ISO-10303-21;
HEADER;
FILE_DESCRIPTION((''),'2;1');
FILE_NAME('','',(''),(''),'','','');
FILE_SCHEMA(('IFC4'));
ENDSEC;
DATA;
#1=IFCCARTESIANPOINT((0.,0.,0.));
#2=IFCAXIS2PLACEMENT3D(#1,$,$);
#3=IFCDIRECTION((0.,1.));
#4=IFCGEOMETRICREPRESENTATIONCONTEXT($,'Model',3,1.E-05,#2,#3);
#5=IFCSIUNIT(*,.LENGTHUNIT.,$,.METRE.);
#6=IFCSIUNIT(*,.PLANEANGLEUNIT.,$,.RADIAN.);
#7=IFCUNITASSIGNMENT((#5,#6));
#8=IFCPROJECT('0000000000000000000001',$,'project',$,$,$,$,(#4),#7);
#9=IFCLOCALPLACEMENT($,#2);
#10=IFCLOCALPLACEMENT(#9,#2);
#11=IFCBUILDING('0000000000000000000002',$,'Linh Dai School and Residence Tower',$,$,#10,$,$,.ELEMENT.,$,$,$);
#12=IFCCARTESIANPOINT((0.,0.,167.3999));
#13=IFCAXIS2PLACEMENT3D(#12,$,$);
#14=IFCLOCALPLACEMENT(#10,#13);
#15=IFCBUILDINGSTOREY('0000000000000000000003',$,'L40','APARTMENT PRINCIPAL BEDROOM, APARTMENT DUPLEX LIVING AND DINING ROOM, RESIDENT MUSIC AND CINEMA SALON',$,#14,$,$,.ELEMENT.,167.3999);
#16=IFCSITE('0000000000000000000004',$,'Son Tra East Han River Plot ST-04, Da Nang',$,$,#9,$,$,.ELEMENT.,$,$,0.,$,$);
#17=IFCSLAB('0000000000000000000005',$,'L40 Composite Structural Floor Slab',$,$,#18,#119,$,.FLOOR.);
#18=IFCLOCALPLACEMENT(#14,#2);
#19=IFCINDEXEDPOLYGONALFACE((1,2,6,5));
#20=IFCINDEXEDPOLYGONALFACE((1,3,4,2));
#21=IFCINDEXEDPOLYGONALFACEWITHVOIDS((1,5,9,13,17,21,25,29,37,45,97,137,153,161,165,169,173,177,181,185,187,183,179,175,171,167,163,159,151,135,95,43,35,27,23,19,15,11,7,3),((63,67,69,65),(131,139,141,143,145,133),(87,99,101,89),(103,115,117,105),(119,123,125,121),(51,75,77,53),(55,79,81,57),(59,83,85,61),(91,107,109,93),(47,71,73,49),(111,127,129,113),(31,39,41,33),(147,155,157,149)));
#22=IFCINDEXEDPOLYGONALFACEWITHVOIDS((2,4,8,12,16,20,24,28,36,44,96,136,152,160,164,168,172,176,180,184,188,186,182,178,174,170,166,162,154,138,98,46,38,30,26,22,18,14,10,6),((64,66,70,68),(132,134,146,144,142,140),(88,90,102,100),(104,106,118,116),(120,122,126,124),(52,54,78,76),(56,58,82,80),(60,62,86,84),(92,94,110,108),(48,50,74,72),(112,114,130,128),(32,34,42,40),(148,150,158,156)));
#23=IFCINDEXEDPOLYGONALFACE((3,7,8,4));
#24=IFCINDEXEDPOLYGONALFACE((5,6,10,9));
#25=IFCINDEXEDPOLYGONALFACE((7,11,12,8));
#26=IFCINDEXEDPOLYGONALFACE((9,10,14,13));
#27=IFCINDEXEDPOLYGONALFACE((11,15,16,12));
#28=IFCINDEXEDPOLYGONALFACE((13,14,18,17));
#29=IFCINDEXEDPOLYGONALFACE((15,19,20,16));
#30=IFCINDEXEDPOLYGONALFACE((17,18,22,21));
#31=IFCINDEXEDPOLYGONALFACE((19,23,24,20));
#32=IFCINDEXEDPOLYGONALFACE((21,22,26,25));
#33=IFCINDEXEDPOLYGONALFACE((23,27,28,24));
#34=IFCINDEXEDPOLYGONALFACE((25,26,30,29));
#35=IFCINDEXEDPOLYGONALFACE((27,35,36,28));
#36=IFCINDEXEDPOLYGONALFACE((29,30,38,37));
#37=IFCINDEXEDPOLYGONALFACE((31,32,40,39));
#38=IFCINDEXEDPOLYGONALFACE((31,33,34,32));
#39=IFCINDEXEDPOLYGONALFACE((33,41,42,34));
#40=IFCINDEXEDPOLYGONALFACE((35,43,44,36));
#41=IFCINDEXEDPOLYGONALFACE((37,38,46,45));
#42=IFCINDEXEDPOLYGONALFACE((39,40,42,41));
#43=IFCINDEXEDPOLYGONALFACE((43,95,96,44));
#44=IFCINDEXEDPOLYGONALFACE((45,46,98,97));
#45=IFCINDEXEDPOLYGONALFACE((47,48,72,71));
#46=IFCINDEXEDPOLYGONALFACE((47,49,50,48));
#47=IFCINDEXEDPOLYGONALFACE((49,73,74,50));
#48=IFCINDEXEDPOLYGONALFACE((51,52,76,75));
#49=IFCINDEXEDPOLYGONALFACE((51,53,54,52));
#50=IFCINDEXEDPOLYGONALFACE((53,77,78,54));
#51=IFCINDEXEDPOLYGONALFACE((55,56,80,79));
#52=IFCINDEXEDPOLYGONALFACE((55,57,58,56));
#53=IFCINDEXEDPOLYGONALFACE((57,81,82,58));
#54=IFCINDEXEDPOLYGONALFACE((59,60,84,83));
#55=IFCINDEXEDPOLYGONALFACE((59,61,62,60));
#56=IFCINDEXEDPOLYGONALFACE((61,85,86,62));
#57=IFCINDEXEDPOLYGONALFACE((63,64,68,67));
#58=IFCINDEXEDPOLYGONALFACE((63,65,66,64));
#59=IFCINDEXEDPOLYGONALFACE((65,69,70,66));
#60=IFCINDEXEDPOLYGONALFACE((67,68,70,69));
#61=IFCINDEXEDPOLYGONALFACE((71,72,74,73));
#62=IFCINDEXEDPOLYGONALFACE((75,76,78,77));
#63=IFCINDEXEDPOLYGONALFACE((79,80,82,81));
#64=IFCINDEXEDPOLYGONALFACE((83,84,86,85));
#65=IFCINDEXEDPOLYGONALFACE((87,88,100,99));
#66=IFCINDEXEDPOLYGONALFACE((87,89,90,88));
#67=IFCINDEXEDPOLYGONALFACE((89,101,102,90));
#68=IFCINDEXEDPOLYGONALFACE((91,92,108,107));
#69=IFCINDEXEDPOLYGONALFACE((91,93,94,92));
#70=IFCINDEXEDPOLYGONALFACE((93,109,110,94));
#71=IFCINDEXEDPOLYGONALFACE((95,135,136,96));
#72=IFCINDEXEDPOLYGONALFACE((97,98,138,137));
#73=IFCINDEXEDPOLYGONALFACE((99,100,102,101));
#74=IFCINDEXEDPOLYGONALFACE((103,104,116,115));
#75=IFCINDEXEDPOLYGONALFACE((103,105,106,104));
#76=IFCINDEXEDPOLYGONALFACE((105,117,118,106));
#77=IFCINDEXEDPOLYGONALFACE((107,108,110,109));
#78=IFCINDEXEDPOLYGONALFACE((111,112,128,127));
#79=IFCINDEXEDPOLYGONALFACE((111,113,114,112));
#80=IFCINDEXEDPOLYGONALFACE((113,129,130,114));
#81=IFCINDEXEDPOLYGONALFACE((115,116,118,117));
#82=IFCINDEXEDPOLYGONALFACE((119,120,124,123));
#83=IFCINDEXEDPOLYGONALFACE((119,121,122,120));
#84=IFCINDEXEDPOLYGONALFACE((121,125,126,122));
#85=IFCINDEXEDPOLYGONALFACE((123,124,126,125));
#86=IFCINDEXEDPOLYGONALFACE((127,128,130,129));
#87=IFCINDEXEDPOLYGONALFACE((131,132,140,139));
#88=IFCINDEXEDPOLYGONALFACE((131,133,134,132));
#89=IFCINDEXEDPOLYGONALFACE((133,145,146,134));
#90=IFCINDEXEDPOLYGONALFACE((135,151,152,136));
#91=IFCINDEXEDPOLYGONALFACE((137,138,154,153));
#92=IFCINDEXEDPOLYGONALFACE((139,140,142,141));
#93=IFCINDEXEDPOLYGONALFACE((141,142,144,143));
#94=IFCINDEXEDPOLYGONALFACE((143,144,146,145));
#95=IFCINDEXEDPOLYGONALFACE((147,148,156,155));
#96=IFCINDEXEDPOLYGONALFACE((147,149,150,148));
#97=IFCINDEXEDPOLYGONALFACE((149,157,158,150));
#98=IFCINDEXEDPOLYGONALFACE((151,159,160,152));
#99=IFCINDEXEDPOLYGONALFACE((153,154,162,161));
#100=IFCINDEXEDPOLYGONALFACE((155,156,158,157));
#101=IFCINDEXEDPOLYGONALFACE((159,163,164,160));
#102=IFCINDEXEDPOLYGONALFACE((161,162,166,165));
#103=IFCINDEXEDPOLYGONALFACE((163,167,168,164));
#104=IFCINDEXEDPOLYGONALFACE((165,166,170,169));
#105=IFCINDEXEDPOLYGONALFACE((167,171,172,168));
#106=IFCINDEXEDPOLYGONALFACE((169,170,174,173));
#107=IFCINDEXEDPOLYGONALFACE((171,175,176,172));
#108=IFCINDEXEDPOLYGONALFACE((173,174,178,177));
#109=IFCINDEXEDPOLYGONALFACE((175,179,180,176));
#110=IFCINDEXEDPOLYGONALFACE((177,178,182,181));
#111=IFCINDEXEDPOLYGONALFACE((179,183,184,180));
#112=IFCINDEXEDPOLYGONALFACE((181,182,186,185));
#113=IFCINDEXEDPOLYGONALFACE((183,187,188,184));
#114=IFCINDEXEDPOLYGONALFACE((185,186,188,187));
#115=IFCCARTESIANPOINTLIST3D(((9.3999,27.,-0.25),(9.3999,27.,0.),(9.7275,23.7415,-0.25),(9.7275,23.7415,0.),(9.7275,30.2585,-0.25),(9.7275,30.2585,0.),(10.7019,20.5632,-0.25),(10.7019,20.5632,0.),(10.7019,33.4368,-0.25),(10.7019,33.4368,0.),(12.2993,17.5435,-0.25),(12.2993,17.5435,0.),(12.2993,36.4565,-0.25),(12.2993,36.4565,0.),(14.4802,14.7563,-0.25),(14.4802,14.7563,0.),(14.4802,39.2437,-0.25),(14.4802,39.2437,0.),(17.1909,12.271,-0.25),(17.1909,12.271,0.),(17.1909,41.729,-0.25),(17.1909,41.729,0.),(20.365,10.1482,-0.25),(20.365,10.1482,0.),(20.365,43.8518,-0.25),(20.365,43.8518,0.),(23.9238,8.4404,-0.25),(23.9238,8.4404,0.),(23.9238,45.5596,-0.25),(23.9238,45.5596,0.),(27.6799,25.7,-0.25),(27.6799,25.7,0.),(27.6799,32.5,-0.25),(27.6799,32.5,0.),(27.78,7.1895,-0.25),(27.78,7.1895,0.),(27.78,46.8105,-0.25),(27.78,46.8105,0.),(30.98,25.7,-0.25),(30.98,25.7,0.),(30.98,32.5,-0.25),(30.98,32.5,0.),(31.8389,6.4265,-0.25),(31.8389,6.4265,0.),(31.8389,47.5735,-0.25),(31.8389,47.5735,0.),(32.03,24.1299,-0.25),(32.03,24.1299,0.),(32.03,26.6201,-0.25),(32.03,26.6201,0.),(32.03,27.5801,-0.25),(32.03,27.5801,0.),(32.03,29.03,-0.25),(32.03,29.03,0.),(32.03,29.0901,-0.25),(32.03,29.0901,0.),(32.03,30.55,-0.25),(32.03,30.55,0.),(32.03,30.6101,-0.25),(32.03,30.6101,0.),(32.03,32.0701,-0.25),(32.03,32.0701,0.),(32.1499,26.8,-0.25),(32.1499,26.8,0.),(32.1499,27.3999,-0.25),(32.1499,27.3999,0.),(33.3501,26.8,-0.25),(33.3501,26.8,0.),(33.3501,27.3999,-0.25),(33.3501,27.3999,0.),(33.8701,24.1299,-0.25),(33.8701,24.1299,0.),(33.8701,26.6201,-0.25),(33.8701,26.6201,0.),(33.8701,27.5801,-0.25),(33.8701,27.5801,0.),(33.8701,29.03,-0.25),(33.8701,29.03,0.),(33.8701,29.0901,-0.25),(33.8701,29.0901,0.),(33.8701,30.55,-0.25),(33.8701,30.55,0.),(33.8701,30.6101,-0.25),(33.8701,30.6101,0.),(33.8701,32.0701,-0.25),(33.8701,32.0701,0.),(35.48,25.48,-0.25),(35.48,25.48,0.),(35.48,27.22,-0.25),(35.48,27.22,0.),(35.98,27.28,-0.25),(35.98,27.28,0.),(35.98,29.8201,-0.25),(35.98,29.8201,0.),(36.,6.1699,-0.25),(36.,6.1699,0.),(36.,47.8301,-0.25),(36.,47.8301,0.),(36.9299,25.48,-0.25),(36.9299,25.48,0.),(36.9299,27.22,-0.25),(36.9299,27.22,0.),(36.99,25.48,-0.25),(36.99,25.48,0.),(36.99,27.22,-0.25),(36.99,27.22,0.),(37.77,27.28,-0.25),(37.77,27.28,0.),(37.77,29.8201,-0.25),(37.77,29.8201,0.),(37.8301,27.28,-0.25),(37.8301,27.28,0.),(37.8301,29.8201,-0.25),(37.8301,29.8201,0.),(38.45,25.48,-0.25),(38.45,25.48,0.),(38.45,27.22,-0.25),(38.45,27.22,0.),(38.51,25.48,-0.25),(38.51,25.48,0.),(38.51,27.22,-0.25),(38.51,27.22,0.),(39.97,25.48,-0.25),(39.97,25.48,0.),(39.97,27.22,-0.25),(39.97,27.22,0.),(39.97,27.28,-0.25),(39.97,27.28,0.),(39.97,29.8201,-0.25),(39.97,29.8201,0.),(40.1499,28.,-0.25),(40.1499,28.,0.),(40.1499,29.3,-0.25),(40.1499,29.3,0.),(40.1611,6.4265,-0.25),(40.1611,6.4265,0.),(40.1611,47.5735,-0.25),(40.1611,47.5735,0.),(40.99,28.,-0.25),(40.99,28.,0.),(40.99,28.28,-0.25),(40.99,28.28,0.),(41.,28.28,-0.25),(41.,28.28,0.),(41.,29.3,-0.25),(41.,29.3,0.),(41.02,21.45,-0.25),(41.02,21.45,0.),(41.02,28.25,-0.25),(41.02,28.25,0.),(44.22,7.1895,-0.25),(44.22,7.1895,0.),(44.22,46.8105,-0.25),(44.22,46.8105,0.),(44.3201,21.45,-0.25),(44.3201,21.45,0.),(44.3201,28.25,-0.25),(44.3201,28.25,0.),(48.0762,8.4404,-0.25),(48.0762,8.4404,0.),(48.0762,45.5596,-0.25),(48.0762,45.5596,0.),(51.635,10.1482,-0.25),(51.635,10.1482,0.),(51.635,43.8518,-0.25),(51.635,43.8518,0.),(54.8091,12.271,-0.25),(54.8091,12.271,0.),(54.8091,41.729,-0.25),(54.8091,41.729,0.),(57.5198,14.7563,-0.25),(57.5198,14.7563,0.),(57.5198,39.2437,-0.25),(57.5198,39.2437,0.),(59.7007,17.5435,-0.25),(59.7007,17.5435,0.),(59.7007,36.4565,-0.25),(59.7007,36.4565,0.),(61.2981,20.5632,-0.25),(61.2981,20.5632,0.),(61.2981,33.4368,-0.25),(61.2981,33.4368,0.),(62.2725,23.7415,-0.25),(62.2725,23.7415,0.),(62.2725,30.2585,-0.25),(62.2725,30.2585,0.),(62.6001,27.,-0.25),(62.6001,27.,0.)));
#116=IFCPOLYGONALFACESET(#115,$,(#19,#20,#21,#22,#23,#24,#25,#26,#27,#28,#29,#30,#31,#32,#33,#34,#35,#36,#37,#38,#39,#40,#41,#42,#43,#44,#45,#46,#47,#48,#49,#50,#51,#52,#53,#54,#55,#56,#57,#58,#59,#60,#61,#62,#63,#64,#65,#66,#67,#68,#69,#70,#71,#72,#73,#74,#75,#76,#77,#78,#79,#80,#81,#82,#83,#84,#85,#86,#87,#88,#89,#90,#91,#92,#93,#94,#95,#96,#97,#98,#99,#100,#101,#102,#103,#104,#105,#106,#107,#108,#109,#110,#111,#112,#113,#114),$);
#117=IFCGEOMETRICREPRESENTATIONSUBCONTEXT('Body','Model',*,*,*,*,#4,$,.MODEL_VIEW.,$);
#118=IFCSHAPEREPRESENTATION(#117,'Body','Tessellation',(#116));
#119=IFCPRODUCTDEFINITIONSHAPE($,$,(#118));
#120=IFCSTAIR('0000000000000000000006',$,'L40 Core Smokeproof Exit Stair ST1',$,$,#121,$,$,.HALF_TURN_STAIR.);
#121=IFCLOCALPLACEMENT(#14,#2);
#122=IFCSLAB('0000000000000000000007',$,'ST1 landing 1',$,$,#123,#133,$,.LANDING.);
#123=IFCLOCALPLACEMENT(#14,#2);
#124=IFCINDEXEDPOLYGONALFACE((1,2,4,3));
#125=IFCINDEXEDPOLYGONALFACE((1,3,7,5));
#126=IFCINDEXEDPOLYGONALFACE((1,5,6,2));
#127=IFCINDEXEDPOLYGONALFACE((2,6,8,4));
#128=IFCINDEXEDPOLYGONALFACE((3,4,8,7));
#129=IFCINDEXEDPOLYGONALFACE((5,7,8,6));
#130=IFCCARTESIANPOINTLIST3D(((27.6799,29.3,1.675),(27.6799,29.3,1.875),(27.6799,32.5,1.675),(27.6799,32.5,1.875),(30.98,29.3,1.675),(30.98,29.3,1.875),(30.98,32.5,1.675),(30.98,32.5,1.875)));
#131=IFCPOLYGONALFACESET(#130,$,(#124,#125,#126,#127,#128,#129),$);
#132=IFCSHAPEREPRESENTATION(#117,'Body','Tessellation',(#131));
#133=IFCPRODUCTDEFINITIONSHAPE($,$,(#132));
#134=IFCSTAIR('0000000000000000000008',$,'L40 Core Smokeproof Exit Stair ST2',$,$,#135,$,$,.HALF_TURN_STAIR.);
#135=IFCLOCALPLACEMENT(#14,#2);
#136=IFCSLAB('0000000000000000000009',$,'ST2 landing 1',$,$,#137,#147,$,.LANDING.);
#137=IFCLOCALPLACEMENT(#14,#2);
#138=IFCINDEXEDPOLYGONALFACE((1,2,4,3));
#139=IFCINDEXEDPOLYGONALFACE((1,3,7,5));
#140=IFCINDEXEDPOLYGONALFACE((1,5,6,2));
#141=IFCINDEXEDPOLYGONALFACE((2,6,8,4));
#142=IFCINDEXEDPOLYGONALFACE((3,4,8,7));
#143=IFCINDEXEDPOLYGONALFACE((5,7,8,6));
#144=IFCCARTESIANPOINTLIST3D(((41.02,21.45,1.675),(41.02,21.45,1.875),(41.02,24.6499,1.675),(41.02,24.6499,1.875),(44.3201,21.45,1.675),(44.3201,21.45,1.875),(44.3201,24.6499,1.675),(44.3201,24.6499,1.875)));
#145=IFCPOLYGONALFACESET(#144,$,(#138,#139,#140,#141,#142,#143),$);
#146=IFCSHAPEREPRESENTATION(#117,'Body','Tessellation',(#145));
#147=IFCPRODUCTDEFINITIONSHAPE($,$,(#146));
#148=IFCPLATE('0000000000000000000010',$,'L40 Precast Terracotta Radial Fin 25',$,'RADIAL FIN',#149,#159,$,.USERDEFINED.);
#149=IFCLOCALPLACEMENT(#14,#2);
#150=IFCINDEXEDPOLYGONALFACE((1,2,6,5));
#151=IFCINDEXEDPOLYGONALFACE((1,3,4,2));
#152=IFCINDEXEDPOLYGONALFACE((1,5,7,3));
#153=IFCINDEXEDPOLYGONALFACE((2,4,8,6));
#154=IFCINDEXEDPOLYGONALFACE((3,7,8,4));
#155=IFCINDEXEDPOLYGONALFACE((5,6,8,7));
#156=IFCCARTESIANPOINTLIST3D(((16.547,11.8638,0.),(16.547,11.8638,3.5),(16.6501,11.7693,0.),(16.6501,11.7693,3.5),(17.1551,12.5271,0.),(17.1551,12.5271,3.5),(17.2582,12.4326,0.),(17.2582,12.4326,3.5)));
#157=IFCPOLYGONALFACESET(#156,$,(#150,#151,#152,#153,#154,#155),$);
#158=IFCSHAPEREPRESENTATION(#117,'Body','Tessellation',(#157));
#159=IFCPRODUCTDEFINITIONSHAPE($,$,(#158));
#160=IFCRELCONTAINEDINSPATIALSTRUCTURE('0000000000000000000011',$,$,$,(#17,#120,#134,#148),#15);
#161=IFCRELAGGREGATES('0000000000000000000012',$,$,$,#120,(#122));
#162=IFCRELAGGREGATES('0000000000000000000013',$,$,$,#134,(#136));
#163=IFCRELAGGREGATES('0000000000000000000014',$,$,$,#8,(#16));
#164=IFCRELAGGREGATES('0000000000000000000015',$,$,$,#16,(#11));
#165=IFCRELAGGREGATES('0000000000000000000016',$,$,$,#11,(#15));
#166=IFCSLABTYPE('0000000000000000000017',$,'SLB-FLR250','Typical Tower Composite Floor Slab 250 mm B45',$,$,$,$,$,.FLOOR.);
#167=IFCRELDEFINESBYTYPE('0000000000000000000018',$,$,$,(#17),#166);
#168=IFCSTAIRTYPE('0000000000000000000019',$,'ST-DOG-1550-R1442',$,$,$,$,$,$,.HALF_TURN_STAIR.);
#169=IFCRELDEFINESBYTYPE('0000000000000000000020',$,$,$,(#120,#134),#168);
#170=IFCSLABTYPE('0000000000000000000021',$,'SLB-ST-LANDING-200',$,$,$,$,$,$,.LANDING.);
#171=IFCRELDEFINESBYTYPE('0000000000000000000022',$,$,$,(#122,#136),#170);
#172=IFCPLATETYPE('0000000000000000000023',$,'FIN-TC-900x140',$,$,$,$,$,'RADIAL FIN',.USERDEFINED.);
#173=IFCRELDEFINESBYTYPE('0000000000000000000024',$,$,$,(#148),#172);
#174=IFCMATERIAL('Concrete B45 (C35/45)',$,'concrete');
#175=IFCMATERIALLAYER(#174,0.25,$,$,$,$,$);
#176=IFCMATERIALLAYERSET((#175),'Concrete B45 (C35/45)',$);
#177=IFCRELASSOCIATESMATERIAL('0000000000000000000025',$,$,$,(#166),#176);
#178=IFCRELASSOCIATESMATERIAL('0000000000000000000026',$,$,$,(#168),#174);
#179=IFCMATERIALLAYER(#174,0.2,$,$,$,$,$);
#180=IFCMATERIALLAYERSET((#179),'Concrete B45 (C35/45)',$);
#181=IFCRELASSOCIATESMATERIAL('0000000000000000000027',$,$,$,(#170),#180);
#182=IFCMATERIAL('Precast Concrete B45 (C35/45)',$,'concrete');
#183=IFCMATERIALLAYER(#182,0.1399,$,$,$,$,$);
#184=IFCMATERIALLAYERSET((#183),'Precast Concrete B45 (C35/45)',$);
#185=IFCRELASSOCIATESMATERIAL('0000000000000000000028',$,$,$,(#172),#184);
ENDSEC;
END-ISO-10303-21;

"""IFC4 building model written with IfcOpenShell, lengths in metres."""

from ifc_helpers import new_model, si_unit, direction, frame, origin, origin_2d, place, context, subcontext, project, spatial, polyline, rectangle, outline, extrude, source, transform, mapped, material, layer, layer_set, type_object, element, aggregate, save


model = new_model("IFC4")

# Units and contexts
model_context = context("Model", 3, precision=1e-05, world=origin(), true_north=direction((0.0, 1.0)))
body_context = subcontext(model_context, "Body", "Model", "MODEL_VIEW")
ifc_project = project(units=[si_unit("LENGTHUNIT", "METRE"), si_unit("PLANEANGLEUNIT", "RADIAN")], contexts=[model_context])

# Site, building, storey
site_placement = place(None, origin())
site = spatial("IfcSite", under=ifc_project, at=site_placement, Name="Son Tra East Han River Plot ST-04, Da Nang", CompositionType="ELEMENT", RefElevation=0.0)
building_placement = place(site_placement, origin())
building = spatial("IfcBuilding", under=site, at=building_placement, Name="Linh Dai School and Residence Tower", CompositionType="ELEMENT")
storey_placement = place(building_placement, frame((0.0, 0.0, 167.3999)))
storey = spatial("IfcBuildingStorey", under=building, at=storey_placement, Name="L40", Description="APARTMENT PRINCIPAL BEDROOM, APARTMENT DUPLEX LIVING AND DINING ROOM, RESIDENT MUSIC AND CINEMA SALON", CompositionType="ELEMENT", Elevation=167.3999)

# Slab
ifc_material_1 = material(Name="Concrete B45 (C35/45)", Category="concrete")
ifc_layer_1 = layer(ifc_material_1, 0.25)
ifc_layer_set_1 = layer_set([ifc_layer_1], Name="Concrete B45 (C35/45)")
slab_type_1 = type_object("IfcSlabType", Name="SLB-FLR250", Description="Typical Tower Composite Floor Slab 250 mm B45", PredefinedType="FLOOR", material=ifc_layer_set_1)
slab_1_placement = place(storey_placement, frame((0.0, 0.0, -0.25)))
element("IfcSlab", 1, at=slab_1_placement, inside=storey, type_object=slab_type_1, Name="L40 Composite Structural Floor Slab", PredefinedType="FLOOR", context=body_context, shape_type="SweptSolid", body=[
    extrude(outline(polyline([(62.6001, 27.0), (62.2725, 30.2585), (61.2981, 33.4368), (59.7007, 36.4565), (57.5198, 39.2437), (54.8091, 41.729), (51.635, 43.8518), (48.0762, 45.5596), (44.22, 46.8105), (40.1611, 47.5735), (36.0, 47.8301), (31.8389, 47.5735), (27.78, 46.8105), (23.9238, 45.5596), (20.365, 43.8518), (17.1909, 41.729), (14.4802, 39.2437), (12.2993, 36.4565), (10.7019, 33.4368), (9.7275, 30.2585), (9.3999, 27.0), (9.7275, 23.7415), (10.7019, 20.5632), (12.2993, 17.5435), (14.4802, 14.7563), (17.1909, 12.271), (20.365, 10.1482), (23.9238, 8.4404), (27.78, 7.1895), (31.8389, 6.4265), (36.0, 6.1699), (40.1611, 6.4265), (44.22, 7.1895), (48.0762, 8.4404), (51.635, 10.1482), (54.8091, 12.271), (57.5198, 14.7563), (59.7007, 17.5435), (61.2981, 20.5632), (62.2725, 23.7415), (62.6001, 27.0)]), holes=[polyline([(30.98, 25.7), (30.98, 32.5), (27.6799, 32.5), (27.6799, 25.7), (30.98, 25.7)]), polyline([(41.02, 28.25), (41.02, 21.45), (44.3201, 21.45), (44.3201, 28.25), (41.02, 28.25)]), polyline([(35.98, 27.28), (37.77, 27.28), (37.77, 29.8201), (35.98, 29.8201), (35.98, 27.28)]), polyline([(32.03, 24.1299), (33.8701, 24.1299), (33.8701, 26.6201), (32.03, 26.6201), (32.03, 24.1299)]), polyline([(37.8301, 27.28), (39.97, 27.28), (39.97, 29.8201), (37.8301, 29.8201), (37.8301, 27.28)]), polyline([(32.03, 27.5801), (33.8701, 27.5801), (33.8701, 29.03), (32.03, 29.03), (32.03, 27.5801)]), polyline([(32.03, 29.0901), (33.8701, 29.0901), (33.8701, 30.55), (32.03, 30.55), (32.03, 29.0901)]), polyline([(32.03, 30.6101), (33.8701, 30.6101), (33.8701, 32.0701), (32.03, 32.0701), (32.03, 30.6101)]), polyline([(35.48, 25.48), (36.9299, 25.48), (36.9299, 27.22), (35.48, 27.22), (35.48, 25.48)]), polyline([(36.99, 25.48), (38.45, 25.48), (38.45, 27.22), (36.99, 27.22), (36.99, 25.48)]), polyline([(38.51, 25.48), (39.97, 25.48), (39.97, 27.22), (38.51, 27.22), (38.51, 25.48)]), polyline([(40.1499, 28.0), (40.1499, 29.3), (41.0, 29.3), (41.0, 28.28), (40.99, 28.28), (40.99, 28.0), (40.1499, 28.0)]), polyline([(32.1499, 26.8), (33.3501, 26.8), (33.3501, 27.3999), (32.1499, 27.3999), (32.1499, 26.8)])]), origin(), (0.0, 0.0, 1.0), 0.25),
])

# Stairs, slabs
stair_type = type_object("IfcStairType", Name="ST-DOG-1550-R1442", PredefinedType="HALF_TURN_STAIR", material=ifc_material_1)
stair_1_placement = place(storey_placement, origin())
stair_1 = element("IfcStair", 2, at=stair_1_placement, inside=storey, type_object=stair_type, Name="L40 Core Smokeproof Exit Stair ST1", PredefinedType="HALF_TURN_STAIR")
ifc_layer_2 = layer(ifc_material_1, 0.2)
ifc_layer_set_2 = layer_set([ifc_layer_2], Name="Concrete B45 (C35/45)")
slab_type_2 = type_object("IfcSlabType", Name="SLB-ST-LANDING-200", PredefinedType="LANDING", material=ifc_layer_set_2)
slab_2_placement = place(storey_placement, frame((0.0, 0.0, 1.675)))
slab_2 = element("IfcSlab", 3, at=slab_2_placement, type_object=slab_type_2, Name="ST1 landing 1", PredefinedType="LANDING", context=body_context, shape_type="SweptSolid", body=[
    extrude(outline(polyline([(30.98, 29.3), (30.98, 32.5), (27.6799, 32.5), (27.6799, 29.3), (30.98, 29.3)])), origin(), (0.0, 0.0, 1.0), 0.2),
])
aggregate(stair_1, [slab_2])
stair_2_placement = place(storey_placement, origin())
stair_2 = element("IfcStair", 4, at=stair_2_placement, inside=storey, type_object=stair_type, Name="L40 Core Smokeproof Exit Stair ST2", PredefinedType="HALF_TURN_STAIR")
slab_3_placement = place(storey_placement, frame((0.0, 0.0, 1.675)))
slab_3 = element("IfcSlab", 5, at=slab_3_placement, type_object=slab_type_2, Name="ST2 landing 1", PredefinedType="LANDING", context=body_context, shape_type="SweptSolid", body=[
    extrude(outline(polyline([(41.02, 24.6499), (41.02, 21.45), (44.3201, 21.45), (44.3201, 24.6499), (41.02, 24.6499)])), origin(), (0.0, 0.0, 1.0), 0.2),
])
aggregate(stair_2, [slab_3])

# Plate
ifc_material_2 = material(Name="Precast Concrete B45 (C35/45)", Category="concrete")
ifc_layer_3 = layer(ifc_material_2, 0.1399)
ifc_layer_set_3 = layer_set([ifc_layer_3], Name="Precast Concrete B45 (C35/45)")
plate_type = type_object("IfcPlateType", Name="FIN-TC-900x140", ElementType="RADIAL FIN", PredefinedType="USERDEFINED", material=ifc_layer_set_3)
shared_shape_1 = source(origin(), body_context, "Body", "SweptSolid", [
    extrude(rectangle(XDim=0.8999, YDim=0.1399, at=origin_2d()), origin(), (0.0, 0.0, 1.0), 3.5),
])
plate_placement = place(storey_placement, frame((16.9026, 12.1482, 0.0), z_axis=(0.0, 0.0, 1.0), x_axis=(-0.6758, -0.737085, 0.0)))
element("IfcPlate", 6, at=plate_placement, inside=storey, type_object=plate_type, Name="L40 Precast Terracotta Radial Fin 25", ObjectType="RADIAL FIN", PredefinedType="USERDEFINED", context=body_context, shape_type="MappedRepresentation", body=[
    mapped(shared_shape_1, transform((0.0, 0.0, 0.0), x_axis=(1.0, 0.0, 0.0), y_axis=(0.0, 1.0, 0.0), z_axis=(0.0, 0.0, 1.0), scale=1.0)),
])

save(model, "model.ifc")
